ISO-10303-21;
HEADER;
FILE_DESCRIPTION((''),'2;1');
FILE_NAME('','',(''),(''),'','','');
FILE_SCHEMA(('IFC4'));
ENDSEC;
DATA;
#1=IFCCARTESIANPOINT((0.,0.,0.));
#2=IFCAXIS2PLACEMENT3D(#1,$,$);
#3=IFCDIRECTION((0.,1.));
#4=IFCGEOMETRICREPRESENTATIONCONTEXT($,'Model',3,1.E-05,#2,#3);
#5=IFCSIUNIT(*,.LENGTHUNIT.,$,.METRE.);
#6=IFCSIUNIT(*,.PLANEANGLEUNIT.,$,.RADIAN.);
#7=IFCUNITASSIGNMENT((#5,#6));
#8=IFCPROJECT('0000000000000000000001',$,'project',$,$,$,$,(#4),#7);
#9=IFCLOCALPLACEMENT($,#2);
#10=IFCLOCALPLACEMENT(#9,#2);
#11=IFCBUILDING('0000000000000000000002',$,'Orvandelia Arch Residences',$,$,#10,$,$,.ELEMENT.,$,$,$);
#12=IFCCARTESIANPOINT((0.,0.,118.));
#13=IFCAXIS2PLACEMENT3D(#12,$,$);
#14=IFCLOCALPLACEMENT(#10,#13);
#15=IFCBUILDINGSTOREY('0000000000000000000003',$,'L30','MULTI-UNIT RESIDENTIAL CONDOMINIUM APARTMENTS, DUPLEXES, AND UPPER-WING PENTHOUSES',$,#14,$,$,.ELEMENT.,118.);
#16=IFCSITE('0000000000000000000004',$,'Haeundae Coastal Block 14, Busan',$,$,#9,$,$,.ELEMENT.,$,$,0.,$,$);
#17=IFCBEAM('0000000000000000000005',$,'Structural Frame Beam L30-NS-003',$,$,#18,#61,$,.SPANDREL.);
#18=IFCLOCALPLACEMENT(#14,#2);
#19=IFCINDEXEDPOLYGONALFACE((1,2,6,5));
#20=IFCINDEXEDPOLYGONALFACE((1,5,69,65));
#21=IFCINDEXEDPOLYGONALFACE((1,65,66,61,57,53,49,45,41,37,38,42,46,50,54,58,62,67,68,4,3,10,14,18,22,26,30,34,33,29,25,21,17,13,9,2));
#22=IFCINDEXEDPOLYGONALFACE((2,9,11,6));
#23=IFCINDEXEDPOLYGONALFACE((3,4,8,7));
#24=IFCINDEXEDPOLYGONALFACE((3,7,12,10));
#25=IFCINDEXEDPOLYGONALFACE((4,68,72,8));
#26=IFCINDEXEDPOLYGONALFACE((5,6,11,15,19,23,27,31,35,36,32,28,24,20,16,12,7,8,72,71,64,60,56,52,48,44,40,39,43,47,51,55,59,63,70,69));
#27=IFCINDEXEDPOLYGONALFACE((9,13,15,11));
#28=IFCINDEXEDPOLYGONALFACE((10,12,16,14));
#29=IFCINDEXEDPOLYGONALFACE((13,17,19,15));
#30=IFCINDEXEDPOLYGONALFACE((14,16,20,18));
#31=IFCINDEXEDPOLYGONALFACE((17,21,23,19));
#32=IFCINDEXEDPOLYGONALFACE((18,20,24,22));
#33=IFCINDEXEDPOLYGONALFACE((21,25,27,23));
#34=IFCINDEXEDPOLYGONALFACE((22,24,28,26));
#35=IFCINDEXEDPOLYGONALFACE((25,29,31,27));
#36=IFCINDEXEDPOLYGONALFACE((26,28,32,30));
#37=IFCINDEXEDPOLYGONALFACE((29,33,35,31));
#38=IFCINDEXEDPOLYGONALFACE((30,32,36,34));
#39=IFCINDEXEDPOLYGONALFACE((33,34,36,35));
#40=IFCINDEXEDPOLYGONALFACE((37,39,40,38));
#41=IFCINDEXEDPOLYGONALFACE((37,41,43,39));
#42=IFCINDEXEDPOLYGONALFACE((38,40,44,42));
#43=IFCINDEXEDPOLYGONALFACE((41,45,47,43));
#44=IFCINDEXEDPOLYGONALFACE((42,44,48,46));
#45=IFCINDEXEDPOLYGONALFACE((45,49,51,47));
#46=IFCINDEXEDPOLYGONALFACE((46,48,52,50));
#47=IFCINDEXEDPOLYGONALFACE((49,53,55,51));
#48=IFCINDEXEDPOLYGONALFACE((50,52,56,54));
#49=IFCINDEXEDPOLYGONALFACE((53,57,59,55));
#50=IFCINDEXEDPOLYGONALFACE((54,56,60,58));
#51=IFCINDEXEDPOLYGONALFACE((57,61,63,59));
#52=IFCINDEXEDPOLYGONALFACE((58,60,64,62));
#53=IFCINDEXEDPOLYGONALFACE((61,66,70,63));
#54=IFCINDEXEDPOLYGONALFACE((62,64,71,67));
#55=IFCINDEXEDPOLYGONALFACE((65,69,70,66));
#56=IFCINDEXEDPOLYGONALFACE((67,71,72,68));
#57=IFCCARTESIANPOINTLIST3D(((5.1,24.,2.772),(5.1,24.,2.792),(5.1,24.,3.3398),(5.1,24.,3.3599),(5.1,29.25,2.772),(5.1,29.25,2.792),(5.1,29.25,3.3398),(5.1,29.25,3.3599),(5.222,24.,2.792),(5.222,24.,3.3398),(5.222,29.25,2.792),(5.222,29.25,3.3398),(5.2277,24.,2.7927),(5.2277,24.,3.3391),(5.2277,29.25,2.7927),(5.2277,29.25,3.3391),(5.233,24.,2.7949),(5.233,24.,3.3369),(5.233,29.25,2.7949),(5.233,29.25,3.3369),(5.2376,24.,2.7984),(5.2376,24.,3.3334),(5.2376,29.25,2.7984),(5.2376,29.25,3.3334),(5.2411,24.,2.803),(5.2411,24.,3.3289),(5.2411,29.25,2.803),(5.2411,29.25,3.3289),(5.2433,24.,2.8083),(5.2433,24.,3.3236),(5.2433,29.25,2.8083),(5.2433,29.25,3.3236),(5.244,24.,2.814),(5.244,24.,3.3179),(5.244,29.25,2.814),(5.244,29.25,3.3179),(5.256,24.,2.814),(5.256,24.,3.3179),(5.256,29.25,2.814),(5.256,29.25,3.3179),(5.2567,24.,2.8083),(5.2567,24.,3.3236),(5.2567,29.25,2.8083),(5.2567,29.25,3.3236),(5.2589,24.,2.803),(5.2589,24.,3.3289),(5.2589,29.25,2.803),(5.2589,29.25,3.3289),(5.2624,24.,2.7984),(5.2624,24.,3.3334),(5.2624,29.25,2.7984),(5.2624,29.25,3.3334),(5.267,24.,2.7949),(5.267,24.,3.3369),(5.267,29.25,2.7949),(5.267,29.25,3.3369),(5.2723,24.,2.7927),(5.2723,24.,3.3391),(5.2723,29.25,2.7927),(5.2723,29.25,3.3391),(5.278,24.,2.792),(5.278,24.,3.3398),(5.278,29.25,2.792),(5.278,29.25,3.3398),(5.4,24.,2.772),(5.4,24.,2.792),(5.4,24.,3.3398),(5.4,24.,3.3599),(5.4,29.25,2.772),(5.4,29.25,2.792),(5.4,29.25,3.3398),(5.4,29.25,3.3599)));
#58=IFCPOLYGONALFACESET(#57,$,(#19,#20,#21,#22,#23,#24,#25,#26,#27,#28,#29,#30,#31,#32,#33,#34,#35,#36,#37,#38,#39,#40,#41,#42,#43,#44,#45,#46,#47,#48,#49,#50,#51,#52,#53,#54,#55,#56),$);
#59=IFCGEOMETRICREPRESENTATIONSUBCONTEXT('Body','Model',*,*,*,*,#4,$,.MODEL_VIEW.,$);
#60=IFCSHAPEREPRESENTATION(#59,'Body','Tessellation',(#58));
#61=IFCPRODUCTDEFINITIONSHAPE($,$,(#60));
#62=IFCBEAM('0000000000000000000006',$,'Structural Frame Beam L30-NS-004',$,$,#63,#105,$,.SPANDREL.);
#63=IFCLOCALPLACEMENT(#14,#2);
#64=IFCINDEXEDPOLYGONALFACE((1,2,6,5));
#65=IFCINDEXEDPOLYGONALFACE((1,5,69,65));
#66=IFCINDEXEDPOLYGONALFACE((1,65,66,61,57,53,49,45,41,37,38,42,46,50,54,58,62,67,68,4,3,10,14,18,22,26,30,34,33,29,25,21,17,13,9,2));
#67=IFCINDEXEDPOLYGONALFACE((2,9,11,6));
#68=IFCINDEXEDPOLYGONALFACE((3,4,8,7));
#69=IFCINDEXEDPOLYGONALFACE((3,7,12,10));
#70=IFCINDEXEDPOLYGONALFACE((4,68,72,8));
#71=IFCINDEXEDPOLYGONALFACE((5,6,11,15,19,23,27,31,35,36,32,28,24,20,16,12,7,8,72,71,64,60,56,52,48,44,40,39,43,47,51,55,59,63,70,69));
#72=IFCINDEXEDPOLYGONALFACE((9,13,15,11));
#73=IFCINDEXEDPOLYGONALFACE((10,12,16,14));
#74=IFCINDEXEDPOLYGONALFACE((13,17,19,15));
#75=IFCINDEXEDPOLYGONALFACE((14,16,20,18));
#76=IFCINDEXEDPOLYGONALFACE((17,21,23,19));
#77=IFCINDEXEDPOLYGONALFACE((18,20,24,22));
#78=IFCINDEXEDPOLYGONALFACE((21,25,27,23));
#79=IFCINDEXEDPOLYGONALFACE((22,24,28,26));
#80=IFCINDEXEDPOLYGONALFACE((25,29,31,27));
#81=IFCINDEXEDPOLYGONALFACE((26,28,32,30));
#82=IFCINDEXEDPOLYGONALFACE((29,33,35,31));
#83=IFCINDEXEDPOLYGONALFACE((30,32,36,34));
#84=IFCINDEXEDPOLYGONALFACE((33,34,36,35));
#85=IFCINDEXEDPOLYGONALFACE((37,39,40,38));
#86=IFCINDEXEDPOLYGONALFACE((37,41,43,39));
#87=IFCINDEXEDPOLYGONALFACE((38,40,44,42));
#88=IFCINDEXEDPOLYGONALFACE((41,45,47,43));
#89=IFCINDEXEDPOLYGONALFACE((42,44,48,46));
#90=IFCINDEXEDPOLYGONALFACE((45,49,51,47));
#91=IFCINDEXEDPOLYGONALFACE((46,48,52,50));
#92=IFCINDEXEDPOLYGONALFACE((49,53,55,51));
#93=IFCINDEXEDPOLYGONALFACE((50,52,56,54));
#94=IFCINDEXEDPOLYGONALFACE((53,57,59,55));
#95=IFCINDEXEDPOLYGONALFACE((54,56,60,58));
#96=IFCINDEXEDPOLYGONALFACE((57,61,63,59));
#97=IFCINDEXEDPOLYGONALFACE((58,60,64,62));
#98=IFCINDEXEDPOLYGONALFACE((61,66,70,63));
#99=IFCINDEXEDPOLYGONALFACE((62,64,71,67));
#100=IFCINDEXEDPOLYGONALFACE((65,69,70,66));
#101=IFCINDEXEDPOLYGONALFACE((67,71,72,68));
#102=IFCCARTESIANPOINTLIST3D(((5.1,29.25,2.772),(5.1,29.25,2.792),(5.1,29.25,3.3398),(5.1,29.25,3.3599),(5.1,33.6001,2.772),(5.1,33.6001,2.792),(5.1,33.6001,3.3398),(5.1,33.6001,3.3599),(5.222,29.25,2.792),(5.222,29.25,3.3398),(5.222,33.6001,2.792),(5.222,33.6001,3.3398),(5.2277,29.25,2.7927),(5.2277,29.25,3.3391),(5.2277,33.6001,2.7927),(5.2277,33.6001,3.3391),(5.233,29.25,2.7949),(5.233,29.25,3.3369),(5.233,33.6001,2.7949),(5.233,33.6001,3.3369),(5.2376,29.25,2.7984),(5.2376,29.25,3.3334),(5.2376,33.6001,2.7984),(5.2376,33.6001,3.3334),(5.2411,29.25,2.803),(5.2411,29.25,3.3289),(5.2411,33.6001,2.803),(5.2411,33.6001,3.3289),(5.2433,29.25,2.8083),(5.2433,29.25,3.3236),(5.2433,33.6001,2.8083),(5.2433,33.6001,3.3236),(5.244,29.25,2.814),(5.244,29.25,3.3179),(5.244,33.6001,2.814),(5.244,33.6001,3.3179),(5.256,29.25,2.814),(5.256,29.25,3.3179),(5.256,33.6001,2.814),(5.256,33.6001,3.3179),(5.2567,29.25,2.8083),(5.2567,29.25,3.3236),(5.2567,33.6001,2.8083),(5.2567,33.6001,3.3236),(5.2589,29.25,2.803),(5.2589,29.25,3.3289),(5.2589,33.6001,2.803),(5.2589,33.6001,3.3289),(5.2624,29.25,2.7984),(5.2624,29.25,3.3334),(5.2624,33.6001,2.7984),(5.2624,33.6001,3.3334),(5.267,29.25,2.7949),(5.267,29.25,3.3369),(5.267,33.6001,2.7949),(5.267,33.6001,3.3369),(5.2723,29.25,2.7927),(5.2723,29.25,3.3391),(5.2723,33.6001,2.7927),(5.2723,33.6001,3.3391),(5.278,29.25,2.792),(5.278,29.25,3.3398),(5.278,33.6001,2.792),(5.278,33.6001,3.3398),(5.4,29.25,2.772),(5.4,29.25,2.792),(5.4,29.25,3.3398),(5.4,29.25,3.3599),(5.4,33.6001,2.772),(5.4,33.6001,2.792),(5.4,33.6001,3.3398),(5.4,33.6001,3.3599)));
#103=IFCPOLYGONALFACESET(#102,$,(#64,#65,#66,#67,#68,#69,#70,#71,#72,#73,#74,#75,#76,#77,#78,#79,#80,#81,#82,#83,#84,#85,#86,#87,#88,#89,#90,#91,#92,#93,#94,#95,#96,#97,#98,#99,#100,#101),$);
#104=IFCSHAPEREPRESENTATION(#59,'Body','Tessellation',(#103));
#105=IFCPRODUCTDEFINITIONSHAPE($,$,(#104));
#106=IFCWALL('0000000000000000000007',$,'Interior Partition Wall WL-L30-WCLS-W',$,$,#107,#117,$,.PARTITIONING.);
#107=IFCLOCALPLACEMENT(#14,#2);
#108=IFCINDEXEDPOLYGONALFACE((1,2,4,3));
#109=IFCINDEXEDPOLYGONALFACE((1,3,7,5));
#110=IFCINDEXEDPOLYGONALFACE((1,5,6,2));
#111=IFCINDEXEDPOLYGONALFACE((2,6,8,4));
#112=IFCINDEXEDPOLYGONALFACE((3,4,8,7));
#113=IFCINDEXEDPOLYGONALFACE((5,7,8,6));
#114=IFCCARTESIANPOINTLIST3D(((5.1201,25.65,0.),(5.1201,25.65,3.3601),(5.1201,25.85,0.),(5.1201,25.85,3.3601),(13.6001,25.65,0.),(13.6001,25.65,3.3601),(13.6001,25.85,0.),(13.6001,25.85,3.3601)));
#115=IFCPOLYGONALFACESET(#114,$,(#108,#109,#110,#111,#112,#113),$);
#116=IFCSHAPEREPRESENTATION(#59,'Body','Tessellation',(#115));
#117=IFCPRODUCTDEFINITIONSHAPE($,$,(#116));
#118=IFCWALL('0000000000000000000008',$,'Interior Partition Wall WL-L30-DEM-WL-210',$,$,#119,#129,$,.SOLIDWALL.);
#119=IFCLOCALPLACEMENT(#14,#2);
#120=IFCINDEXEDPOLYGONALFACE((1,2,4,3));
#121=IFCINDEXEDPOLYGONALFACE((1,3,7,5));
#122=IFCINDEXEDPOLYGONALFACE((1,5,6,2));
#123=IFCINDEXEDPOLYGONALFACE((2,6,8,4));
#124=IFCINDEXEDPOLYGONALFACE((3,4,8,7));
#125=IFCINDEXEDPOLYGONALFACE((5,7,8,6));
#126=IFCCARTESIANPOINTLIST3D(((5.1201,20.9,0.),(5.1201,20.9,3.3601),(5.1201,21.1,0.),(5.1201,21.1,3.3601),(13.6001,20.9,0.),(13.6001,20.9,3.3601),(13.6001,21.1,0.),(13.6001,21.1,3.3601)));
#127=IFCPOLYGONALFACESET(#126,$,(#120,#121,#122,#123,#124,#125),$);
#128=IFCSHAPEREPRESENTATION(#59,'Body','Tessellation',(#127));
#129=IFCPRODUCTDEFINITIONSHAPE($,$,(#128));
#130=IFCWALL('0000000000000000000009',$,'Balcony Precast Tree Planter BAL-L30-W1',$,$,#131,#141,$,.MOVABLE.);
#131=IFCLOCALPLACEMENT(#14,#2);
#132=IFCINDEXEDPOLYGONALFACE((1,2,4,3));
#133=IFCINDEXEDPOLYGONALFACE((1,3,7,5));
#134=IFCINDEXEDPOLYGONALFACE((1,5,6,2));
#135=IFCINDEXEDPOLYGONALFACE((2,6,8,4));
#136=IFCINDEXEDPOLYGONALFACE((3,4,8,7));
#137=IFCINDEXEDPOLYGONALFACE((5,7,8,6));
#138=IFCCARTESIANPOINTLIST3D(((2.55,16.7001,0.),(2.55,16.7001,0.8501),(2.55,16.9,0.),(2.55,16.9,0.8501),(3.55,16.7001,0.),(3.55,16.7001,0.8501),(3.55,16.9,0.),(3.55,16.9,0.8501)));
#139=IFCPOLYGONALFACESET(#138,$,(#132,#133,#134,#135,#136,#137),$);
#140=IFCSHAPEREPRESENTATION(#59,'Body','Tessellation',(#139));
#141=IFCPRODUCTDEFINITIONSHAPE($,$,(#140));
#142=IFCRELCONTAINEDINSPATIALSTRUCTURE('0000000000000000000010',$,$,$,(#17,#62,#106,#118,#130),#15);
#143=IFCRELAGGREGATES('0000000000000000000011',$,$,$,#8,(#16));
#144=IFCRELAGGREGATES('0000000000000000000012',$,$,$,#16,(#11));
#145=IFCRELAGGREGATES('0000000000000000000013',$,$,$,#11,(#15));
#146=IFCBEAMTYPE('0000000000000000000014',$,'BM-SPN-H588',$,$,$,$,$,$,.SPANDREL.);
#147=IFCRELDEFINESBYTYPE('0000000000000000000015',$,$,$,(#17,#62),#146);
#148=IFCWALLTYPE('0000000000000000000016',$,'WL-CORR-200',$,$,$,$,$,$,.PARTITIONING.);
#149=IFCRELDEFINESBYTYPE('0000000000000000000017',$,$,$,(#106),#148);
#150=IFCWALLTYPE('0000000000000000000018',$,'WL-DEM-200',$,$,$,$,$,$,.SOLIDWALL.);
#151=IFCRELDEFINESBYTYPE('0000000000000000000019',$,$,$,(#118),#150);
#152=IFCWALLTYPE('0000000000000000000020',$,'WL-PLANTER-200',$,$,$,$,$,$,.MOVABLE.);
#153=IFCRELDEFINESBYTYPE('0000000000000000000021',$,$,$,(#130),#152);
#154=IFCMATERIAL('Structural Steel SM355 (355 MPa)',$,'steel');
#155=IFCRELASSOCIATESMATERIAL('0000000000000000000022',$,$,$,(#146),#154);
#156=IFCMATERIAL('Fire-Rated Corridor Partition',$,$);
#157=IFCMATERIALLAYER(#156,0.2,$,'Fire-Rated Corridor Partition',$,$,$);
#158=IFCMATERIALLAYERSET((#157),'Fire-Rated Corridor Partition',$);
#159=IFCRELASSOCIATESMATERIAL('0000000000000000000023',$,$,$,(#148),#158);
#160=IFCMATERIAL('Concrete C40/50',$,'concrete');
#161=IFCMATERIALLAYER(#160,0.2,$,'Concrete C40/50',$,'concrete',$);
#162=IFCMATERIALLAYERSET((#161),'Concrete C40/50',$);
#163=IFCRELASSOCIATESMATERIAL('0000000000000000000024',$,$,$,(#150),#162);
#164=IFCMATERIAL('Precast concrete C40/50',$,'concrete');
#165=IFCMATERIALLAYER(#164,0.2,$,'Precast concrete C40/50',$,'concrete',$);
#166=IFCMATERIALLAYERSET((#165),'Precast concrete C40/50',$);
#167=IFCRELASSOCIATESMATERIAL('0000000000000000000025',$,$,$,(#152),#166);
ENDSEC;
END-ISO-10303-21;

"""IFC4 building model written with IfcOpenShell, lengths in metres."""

from ifc_helpers import new_model, si_unit, direction, frame, frame_2d, origin, origin_2d, place, context, subcontext, project, spatial, rectangle, i_section, extrude, material, layer, layer_set, material_profile, profile_set, type_object, element, save


model = new_model("IFC4")

# Units and contexts
model_context = context("Model", 3, precision=1e-05, world=origin(), true_north=direction((0.0, 1.0)))
body_context = subcontext(model_context, "Body", "Model", "MODEL_VIEW")
ifc_project = project(units=[si_unit("LENGTHUNIT", "METRE"), si_unit("PLANEANGLEUNIT", "RADIAN")], contexts=[model_context])

# Site, building, storey
site_placement = place(None, origin())
site = spatial("IfcSite", under=ifc_project, at=site_placement, Name="Haeundae Coastal Block 14, Busan", CompositionType="ELEMENT", RefElevation=0.0)
building_placement = place(site_placement, origin())
building = spatial("IfcBuilding", under=site, at=building_placement, Name="Orvandelia Arch Residences", CompositionType="ELEMENT")
storey_placement = place(building_placement, frame((0.0, 0.0, 118.0)))
storey = spatial("IfcBuildingStorey", under=building, at=storey_placement, Name="L30", Description="MULTI-UNIT RESIDENTIAL CONDOMINIUM APARTMENTS, DUPLEXES, AND UPPER-WING PENTHOUSES", CompositionType="ELEMENT", Elevation=118.0)

# Beams
ifc_material_1 = material(Name="Structural Steel SM355 (355 MPa)", Category="steel")
ifc_material_profile_1 = material_profile(ifc_material_1, i_section(OverallWidth=0.3, OverallDepth=0.5879, WebThickness=0.012, FlangeThickness=0.02, FilletRadius=0.022, at=origin_2d()), Name="Structural Steel SM355 (355 MPa)", Category="steel")
ifc_profile_set_1 = profile_set([ifc_material_profile_1], Name="Structural Steel SM355 (355 MPa)")
beam_type_1 = type_object("IfcBeamType", Name="BM-SPN-H588", PredefinedType="SPANDREL", material=ifc_profile_set_1)
beam_1_placement = place(storey_placement, frame((5.25, 24.0, 3.0659), z_axis=(0.0, 1.0, 0.0), x_axis=(-1.0, 0.0, 0.0)))
element("IfcBeam", 1, at=beam_1_placement, inside=storey, type_object=beam_type_1, Name="Structural Frame Beam L30-NS-003", PredefinedType="SPANDREL", context=body_context, shape_type="SweptSolid", body=[
    extrude(i_section(OverallWidth=0.3, OverallDepth=0.5879, WebThickness=0.012, FlangeThickness=0.02, FilletRadius=0.022, at=origin_2d()), origin(), (0.0, 0.0, 1.0), 5.25),
])
beam_2_placement = place(storey_placement, frame((5.25, 29.25, 3.0659), z_axis=(0.0, 1.0, 0.0), x_axis=(-1.0, 0.0, 0.0)))
element("IfcBeam", 2, at=beam_2_placement, inside=storey, type_object=beam_type_1, Name="Structural Frame Beam L30-NS-004", PredefinedType="SPANDREL", context=body_context, shape_type="SweptSolid", body=[
    extrude(i_section(OverallWidth=0.3, OverallDepth=0.5879, WebThickness=0.012, FlangeThickness=0.02, FilletRadius=0.022, at=origin_2d()), origin(), (0.0, 0.0, 1.0), 4.3501),
])

# Walls
ifc_material_2 = material(Name="Fire-Rated Corridor Partition")
ifc_layer_1 = layer(ifc_material_2, 0.2, Name="Fire-Rated Corridor Partition")
ifc_layer_set_1 = layer_set([ifc_layer_1], Name="Fire-Rated Corridor Partition")
wall_type_1 = type_object("IfcWallType", Name="WL-CORR-200", PredefinedType="PARTITIONING", material=ifc_layer_set_1)
wall_1_placement = place(storey_placement, frame((5.1201, 25.75, 0.0), z_axis=(0.0, 0.0, 1.0), x_axis=(1.0, 0.0, 0.0)))
element("IfcWall", 3, at=wall_1_placement, inside=storey, type_object=wall_type_1, Name="Interior Partition Wall WL-L30-WCLS-W", PredefinedType="PARTITIONING", context=body_context, shape_type="SweptSolid", body=[
    extrude(rectangle(XDim=8.48, YDim=0.2, at=frame_2d((4.24, 0.0))), origin(), (0.0, 0.0, 1.0), 3.3601),
])
ifc_material_3 = material(Name="Concrete C40/50", Category="concrete")
ifc_layer_2 = layer(ifc_material_3, 0.2, Name="Concrete C40/50", Category="concrete")
ifc_layer_set_2 = layer_set([ifc_layer_2], Name="Concrete C40/50")
wall_type_2 = type_object("IfcWallType", Name="WL-DEM-200", PredefinedType="SOLIDWALL", material=ifc_layer_set_2)
wall_2_placement = place(storey_placement, frame((5.1201, 21.0, 0.0), z_axis=(0.0, 0.0, 1.0), x_axis=(1.0, 0.0, 0.0)))
element("IfcWall", 4, at=wall_2_placement, inside=storey, type_object=wall_type_2, Name="Interior Partition Wall WL-L30-DEM-WL-210", PredefinedType="SOLIDWALL", context=body_context, shape_type="SweptSolid", body=[
    extrude(rectangle(XDim=8.48, YDim=0.2, at=frame_2d((4.24, 0.0))), origin(), (0.0, 0.0, 1.0), 3.3601),
])
ifc_material_4 = material(Name="Precast concrete C40/50", Category="concrete")
ifc_layer_3 = layer(ifc_material_4, 0.2, Name="Precast concrete C40/50", Category="concrete")
ifc_layer_set_3 = layer_set([ifc_layer_3], Name="Precast concrete C40/50")
wall_type_3 = type_object("IfcWallType", Name="WL-PLANTER-200", PredefinedType="MOVABLE", material=ifc_layer_set_3)
wall_3_placement = place(storey_placement, frame((2.55, 16.8, 0.0), z_axis=(0.0, 0.0, 1.0), x_axis=(1.0, 0.0, 0.0)))
element("IfcWall", 5, at=wall_3_placement, inside=storey, type_object=wall_type_3, Name="Balcony Precast Tree Planter BAL-L30-W1", PredefinedType="MOVABLE", context=body_context, shape_type="SweptSolid", body=[
    extrude(rectangle(XDim=1.0, YDim=0.2, at=frame_2d((0.5, 0.0))), origin(), (0.0, 0.0, 1.0), 0.8501),
])

save(model, "model.ifc")
